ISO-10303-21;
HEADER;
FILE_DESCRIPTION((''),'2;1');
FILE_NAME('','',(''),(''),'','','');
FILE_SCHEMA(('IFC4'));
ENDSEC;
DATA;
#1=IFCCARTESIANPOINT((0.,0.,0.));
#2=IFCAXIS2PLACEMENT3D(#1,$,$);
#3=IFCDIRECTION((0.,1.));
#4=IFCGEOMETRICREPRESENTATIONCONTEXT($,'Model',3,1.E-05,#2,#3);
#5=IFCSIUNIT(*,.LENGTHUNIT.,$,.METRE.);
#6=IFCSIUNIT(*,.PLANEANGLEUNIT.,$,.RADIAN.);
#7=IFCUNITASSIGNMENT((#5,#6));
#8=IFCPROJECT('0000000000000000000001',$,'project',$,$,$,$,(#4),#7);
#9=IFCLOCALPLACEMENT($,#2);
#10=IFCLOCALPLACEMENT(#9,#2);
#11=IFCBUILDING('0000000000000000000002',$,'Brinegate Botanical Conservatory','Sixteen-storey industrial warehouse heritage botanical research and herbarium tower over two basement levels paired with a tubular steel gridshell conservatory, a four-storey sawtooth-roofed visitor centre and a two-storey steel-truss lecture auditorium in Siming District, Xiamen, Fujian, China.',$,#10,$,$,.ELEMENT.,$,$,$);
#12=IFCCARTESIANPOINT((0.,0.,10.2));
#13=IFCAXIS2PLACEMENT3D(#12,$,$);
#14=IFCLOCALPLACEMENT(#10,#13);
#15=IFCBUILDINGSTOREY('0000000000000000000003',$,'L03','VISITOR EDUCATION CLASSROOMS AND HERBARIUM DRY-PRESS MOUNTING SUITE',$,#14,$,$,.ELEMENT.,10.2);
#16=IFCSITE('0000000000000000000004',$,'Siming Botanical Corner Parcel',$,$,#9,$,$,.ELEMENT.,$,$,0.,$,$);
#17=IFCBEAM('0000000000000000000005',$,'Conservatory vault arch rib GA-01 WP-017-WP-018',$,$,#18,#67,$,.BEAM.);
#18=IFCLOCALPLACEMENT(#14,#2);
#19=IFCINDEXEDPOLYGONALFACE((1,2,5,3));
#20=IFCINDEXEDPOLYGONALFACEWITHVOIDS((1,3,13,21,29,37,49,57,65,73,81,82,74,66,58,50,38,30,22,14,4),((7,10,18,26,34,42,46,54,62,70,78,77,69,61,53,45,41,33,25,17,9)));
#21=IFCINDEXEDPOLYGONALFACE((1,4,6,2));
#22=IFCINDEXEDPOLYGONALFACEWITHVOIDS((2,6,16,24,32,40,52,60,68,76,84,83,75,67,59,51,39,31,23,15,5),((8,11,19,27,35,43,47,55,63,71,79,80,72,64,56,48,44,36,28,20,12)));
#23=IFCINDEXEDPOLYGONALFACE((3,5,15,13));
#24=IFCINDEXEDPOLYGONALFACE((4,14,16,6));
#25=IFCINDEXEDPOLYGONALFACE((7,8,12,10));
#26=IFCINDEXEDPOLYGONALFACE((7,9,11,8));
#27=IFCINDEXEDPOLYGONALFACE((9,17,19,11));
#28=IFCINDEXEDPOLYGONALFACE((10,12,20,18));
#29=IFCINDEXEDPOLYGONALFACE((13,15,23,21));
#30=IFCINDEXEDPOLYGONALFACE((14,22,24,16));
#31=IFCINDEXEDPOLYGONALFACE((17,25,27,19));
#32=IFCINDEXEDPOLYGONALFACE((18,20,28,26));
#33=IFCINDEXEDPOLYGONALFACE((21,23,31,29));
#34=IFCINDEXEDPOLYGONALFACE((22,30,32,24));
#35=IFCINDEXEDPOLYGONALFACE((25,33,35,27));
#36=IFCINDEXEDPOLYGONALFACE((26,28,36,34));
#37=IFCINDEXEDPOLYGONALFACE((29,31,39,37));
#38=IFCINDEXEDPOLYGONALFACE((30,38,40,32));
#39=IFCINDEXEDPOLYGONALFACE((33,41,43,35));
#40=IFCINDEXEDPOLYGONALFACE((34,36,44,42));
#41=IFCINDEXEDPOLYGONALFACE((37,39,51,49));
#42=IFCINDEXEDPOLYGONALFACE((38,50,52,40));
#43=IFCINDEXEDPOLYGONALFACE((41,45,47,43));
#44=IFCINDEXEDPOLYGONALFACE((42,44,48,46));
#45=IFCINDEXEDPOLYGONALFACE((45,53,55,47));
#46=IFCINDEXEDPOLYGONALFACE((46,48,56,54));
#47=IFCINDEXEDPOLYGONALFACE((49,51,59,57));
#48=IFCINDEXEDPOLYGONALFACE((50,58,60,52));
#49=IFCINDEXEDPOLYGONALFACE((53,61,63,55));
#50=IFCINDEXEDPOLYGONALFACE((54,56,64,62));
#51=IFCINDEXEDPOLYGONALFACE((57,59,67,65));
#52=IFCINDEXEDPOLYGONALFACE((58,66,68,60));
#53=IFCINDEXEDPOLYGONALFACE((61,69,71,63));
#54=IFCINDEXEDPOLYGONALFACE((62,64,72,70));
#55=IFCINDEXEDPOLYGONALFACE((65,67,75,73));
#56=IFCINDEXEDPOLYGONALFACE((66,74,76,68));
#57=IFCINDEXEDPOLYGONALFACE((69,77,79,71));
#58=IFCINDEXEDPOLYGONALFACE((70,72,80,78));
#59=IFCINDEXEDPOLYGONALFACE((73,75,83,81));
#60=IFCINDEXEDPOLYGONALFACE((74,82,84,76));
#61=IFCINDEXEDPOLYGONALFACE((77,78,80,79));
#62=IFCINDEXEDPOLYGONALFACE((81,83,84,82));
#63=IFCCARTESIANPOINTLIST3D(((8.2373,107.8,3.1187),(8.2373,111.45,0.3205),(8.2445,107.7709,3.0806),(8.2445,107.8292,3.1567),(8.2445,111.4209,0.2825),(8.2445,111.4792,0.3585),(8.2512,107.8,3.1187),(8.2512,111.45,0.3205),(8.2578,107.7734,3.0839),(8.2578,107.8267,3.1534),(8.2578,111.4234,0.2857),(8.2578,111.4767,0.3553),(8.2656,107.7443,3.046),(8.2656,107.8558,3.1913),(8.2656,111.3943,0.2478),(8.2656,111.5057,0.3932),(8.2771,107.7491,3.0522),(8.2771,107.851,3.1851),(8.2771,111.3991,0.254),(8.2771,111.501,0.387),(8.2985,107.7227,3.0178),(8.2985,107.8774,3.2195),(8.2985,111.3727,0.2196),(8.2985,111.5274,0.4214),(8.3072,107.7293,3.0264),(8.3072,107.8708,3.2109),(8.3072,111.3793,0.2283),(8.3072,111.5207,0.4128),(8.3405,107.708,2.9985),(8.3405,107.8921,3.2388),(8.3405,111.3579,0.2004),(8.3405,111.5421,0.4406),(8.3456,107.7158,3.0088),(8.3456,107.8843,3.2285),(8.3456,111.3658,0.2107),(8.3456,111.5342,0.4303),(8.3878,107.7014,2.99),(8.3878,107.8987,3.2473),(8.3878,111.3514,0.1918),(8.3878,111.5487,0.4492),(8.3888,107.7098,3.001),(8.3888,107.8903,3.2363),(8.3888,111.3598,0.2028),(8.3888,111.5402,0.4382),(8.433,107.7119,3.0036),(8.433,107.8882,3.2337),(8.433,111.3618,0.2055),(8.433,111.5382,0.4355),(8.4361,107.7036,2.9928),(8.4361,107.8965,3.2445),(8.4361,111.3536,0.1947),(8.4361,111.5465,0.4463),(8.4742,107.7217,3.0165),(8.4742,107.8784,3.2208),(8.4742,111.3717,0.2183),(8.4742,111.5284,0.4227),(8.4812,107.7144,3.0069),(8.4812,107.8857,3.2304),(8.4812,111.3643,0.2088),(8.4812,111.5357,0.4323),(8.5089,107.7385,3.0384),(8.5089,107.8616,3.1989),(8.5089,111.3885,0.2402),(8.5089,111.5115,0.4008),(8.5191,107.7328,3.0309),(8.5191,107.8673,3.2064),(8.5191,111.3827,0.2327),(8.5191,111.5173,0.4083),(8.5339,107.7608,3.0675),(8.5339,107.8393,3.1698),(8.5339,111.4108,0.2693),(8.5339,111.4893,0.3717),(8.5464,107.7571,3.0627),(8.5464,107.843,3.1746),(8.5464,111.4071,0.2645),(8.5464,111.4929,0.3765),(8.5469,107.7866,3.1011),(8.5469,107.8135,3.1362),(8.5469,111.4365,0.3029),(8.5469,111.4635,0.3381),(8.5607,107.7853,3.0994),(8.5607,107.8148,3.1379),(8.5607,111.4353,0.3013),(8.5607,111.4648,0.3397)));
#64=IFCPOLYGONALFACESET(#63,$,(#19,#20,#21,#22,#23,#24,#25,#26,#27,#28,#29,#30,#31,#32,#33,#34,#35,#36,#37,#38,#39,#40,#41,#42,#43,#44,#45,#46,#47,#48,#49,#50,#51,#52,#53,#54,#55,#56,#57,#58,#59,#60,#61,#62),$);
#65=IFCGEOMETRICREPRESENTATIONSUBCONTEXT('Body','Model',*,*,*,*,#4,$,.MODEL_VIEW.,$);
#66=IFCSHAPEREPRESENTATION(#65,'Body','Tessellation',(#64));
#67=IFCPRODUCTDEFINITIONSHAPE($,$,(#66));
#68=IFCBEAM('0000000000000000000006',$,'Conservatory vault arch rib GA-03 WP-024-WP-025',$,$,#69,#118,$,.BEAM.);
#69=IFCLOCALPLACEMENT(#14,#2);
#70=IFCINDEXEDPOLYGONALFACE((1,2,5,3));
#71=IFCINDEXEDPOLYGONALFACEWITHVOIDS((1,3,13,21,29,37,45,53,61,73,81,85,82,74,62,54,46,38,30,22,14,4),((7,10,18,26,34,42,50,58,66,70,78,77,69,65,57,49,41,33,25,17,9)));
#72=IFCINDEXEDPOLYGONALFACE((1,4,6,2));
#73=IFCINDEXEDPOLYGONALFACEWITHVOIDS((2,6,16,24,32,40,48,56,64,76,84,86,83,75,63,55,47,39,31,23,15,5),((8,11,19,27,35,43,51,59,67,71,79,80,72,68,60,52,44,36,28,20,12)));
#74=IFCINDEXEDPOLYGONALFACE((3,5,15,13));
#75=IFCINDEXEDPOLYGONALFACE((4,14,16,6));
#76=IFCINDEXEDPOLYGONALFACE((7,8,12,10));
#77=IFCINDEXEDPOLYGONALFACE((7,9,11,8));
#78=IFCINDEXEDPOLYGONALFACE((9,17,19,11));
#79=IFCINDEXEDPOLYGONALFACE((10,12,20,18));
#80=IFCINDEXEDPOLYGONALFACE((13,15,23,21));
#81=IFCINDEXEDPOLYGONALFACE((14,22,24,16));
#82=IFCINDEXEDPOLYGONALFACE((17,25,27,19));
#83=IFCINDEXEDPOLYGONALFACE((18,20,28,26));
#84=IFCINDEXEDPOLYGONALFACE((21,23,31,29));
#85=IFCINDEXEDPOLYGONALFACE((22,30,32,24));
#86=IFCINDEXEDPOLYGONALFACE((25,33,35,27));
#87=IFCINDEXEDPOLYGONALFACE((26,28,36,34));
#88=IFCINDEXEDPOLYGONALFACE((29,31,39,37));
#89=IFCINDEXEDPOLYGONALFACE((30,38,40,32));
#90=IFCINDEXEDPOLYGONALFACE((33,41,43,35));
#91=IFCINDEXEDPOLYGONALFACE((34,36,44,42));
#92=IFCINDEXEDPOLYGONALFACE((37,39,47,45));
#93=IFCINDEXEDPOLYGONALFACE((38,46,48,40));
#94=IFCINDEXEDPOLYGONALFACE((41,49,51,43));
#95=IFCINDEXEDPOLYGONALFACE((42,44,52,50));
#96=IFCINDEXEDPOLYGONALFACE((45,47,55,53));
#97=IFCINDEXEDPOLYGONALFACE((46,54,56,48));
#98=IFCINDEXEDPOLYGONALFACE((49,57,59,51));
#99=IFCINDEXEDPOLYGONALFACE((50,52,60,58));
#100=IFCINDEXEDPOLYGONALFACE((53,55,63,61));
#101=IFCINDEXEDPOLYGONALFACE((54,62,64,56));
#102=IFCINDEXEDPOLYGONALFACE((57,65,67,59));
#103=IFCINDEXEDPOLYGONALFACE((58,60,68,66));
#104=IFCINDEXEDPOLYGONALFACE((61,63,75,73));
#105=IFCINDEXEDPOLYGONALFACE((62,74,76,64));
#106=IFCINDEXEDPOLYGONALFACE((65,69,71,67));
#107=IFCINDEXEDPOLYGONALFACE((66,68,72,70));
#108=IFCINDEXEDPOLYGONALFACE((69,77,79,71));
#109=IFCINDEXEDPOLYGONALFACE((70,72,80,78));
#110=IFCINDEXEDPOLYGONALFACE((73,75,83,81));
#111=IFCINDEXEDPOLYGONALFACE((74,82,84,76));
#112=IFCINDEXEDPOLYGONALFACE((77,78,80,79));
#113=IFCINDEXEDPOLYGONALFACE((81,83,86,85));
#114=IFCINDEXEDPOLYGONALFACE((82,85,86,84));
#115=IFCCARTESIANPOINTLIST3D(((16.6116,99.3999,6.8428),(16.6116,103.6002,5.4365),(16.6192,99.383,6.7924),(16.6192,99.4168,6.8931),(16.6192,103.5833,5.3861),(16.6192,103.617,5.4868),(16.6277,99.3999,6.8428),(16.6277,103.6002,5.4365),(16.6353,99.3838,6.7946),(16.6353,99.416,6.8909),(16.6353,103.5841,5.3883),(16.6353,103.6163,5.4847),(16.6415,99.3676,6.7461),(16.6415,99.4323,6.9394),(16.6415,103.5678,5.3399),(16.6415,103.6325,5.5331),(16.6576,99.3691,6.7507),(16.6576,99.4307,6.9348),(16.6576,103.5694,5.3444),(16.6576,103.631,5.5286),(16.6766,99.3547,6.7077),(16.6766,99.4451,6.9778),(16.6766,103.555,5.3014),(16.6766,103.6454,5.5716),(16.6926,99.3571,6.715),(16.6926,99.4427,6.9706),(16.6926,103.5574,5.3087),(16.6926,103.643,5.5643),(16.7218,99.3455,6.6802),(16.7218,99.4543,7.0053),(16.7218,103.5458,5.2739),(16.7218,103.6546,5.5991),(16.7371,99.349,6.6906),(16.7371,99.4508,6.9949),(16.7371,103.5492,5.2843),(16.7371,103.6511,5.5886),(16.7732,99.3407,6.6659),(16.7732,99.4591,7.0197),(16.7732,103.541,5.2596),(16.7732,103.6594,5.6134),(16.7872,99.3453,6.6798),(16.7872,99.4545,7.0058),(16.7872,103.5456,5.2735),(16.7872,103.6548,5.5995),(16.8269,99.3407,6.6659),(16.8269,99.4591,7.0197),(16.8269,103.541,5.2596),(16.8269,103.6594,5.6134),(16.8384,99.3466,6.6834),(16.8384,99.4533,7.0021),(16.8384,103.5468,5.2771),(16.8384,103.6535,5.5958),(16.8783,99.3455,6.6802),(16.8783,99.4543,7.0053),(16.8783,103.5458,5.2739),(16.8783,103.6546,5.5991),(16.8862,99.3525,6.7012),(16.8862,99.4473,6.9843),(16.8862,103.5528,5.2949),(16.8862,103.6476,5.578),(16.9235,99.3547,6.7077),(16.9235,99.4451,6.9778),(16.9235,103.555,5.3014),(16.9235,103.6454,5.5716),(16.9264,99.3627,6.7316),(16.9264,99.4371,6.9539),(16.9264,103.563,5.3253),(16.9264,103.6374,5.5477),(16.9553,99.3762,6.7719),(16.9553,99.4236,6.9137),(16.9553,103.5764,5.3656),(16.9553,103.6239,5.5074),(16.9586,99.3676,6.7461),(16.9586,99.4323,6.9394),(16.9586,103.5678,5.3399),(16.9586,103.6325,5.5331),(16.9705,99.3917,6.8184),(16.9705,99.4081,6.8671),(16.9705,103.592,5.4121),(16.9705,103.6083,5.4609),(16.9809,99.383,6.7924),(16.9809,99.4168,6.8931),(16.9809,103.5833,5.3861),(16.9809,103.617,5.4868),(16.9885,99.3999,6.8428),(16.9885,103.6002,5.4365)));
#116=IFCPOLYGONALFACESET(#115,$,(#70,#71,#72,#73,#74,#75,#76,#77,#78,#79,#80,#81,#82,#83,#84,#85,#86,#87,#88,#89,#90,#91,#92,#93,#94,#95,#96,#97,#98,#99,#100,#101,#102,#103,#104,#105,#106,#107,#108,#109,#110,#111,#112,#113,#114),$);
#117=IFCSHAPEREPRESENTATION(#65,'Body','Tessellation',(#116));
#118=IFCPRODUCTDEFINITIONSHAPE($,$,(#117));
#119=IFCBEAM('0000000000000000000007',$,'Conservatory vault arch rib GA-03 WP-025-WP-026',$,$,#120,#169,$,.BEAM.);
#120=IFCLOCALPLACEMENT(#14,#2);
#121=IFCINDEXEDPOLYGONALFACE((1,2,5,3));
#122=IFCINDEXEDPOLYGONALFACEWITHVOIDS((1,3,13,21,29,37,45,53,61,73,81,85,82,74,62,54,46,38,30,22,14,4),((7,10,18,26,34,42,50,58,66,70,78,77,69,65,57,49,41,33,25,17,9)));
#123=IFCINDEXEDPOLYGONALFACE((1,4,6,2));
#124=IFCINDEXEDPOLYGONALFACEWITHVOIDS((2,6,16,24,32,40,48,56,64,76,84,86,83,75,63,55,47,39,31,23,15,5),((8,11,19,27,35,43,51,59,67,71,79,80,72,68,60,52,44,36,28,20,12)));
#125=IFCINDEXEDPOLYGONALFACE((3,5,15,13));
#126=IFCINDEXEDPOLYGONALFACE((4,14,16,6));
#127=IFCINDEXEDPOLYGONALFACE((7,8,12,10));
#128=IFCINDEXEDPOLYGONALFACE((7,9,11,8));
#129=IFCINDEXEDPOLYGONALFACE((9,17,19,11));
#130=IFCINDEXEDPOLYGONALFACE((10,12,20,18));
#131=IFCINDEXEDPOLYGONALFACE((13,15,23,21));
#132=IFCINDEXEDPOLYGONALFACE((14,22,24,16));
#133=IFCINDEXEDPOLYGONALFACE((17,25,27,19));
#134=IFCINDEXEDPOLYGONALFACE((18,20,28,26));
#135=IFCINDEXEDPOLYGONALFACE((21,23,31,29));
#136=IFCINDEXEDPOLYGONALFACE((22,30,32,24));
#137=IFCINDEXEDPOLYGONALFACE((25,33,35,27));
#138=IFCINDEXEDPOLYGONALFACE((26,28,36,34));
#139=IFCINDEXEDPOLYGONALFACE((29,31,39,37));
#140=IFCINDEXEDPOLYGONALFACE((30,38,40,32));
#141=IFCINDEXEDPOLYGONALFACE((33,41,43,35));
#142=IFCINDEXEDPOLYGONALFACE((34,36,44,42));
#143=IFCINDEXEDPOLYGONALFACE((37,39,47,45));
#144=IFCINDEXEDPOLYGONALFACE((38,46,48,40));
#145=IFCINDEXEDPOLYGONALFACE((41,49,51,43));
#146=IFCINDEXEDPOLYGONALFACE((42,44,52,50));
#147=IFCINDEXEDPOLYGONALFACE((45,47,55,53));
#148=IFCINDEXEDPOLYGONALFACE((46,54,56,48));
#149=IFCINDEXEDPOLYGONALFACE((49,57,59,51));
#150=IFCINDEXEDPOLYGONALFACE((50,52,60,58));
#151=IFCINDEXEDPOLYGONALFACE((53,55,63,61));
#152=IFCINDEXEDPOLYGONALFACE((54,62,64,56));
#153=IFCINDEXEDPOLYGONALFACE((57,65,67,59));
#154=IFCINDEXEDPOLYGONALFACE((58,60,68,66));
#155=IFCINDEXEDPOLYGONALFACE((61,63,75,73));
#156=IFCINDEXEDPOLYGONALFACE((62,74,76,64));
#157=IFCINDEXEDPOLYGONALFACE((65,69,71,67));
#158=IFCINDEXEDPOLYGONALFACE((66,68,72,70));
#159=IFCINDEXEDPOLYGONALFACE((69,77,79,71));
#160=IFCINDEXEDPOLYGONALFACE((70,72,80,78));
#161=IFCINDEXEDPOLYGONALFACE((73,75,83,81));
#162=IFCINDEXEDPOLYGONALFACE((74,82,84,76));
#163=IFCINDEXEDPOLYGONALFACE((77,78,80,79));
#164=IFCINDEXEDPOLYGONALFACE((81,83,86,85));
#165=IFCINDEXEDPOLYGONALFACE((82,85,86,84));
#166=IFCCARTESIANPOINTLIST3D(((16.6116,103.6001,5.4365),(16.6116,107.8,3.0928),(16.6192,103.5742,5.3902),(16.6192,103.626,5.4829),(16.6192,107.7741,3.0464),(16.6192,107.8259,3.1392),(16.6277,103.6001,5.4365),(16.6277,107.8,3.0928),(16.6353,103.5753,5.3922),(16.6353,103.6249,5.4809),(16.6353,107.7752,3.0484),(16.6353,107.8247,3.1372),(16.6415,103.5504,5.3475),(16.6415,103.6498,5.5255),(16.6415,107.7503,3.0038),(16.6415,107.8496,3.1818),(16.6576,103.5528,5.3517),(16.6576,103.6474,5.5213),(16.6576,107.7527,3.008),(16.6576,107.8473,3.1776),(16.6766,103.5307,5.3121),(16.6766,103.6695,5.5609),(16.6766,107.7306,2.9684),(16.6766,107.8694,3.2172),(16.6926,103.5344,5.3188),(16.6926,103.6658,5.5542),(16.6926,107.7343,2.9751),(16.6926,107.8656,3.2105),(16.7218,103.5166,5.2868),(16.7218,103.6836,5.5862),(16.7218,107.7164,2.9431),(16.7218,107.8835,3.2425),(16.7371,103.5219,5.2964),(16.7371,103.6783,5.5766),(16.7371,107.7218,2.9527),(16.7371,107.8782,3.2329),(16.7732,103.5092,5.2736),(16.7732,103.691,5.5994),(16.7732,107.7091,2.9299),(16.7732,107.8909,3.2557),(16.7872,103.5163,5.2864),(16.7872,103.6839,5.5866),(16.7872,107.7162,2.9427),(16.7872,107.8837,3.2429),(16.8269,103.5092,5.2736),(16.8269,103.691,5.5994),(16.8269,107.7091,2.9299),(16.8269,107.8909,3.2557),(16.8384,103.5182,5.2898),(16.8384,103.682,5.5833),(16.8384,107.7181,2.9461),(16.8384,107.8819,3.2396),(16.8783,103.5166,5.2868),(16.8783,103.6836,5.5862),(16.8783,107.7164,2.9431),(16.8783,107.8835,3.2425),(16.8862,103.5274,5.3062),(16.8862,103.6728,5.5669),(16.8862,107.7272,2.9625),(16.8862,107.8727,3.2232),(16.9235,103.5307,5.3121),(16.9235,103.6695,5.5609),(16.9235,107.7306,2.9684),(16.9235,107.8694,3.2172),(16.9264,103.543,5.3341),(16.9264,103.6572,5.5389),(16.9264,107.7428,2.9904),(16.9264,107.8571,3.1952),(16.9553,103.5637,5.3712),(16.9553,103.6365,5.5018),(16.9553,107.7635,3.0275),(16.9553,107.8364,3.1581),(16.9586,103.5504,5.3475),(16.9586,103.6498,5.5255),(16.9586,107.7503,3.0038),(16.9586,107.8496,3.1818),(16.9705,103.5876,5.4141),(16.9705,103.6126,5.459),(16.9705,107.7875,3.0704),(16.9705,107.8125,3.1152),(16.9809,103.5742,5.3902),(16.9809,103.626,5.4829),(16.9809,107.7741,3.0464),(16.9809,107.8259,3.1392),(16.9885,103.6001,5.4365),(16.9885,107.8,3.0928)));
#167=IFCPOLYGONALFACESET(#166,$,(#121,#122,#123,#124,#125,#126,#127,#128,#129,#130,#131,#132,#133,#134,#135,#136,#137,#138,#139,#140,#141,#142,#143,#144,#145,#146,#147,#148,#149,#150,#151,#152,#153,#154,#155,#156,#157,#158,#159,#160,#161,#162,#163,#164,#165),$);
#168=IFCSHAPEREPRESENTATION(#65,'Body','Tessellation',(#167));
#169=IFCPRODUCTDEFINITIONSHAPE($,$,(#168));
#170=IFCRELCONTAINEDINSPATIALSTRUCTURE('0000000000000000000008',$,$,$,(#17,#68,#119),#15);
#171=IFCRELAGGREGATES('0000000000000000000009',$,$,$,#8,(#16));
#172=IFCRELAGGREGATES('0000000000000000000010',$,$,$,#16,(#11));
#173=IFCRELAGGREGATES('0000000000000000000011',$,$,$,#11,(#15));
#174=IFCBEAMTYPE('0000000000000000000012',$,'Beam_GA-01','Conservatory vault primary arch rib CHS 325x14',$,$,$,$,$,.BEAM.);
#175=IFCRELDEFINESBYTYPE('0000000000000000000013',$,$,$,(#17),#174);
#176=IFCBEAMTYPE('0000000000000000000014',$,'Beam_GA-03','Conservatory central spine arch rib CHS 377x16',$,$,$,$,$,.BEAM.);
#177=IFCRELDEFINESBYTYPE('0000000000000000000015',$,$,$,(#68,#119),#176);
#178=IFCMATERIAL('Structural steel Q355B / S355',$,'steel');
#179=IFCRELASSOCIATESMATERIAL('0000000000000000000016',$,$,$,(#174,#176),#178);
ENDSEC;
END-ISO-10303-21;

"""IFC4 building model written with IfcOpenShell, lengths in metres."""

from ifc_helpers import new_model, si_unit, direction, frame, origin, origin_2d, place, context, subcontext, project, spatial, hollow_circle, extrude, material, material_profile, profile_set, type_object, element, save


model = new_model("IFC4")

# Units and contexts
model_context = context("Model", 3, precision=1e-05, world=origin(), true_north=direction((0.0, 1.0)))
body_context = subcontext(model_context, "Body", "Model", "MODEL_VIEW")
ifc_project = project(units=[si_unit("LENGTHUNIT", "METRE"), si_unit("PLANEANGLEUNIT", "RADIAN")], contexts=[model_context])

# Site, building, storey
site_placement = place(None, origin())
site = spatial("IfcSite", under=ifc_project, at=site_placement, Name="Siming Botanical Corner Parcel", CompositionType="ELEMENT", RefElevation=0.0)
building_placement = place(site_placement, origin())
building = spatial("IfcBuilding", under=site, at=building_placement, Name="Brinegate Botanical Conservatory", Description="Sixteen-storey industrial warehouse heritage botanical research and herbarium tower over two basement levels paired with a tubular steel gridshell conservatory, a four-storey sawtooth-roofed visitor centre and a two-storey steel-truss lecture auditorium in Siming District, Xiamen, Fujian, China.", CompositionType="ELEMENT")
storey_placement = place(building_placement, frame((0.0, 0.0, 10.2)))
storey = spatial("IfcBuildingStorey", under=building, at=storey_placement, Name="L03", Description="VISITOR EDUCATION CLASSROOMS AND HERBARIUM DRY-PRESS MOUNTING SUITE", CompositionType="ELEMENT", Elevation=10.2)

# Beams
ifc_material_1 = material(Name="Structural steel Q355B / S355", Category="steel")
ifc_material_profile_1 = material_profile(ifc_material_1, hollow_circle(Radius=0.1626, WallThickness=0.0139, at=origin_2d()), Name="CHS 325x14")
ifc_profile_set_1 = profile_set([ifc_material_profile_1], Name="Structural steel Q355B / S355")
beam_type_1 = type_object("IfcBeamType", Name="Beam_GA-01", Description="Conservatory vault primary arch rib CHS 325x14", PredefinedType="BEAM", material=ifc_profile_set_1)
beam_1_placement = place(storey_placement, frame((8.3999, 107.8, 3.1187), z_axis=(0.0, 0.793623, -0.608409), x_axis=(-1.0, 0.0, 0.0)))
element("IfcBeam", 1, at=beam_1_placement, inside=storey, type_object=beam_type_1, Name="Conservatory vault arch rib GA-01 WP-017-WP-018", PredefinedType="BEAM", context=body_context, shape_type="SweptSolid", body=[
    extrude(hollow_circle(Radius=0.1626, WallThickness=0.0139, at=origin_2d()), origin(), (0.0, 0.0, 1.0), 4.5991),
])
ifc_material_profile_2 = material_profile(ifc_material_1, hollow_circle(Radius=0.1885, WallThickness=0.0161, at=origin_2d()), Name="CHS 377x16")
ifc_profile_set_2 = profile_set([ifc_material_profile_2], Name="Structural steel Q355B / S355")
beam_type_2 = type_object("IfcBeamType", Name="Beam_GA-03", Description="Conservatory central spine arch rib CHS 377x16", PredefinedType="BEAM", material=ifc_profile_set_2)
beam_2_placement = place(storey_placement, frame((16.8, 99.3999, 6.8428), z_axis=(0.0, 0.948264, -0.317484), x_axis=(-1.0, 0.0, 0.0)))
element("IfcBeam", 2, at=beam_2_placement, inside=storey, type_object=beam_type_2, Name="Conservatory vault arch rib GA-03 WP-024-WP-025", PredefinedType="BEAM", context=body_context, shape_type="SweptSolid", body=[
    extrude(hollow_circle(Radius=0.1885, WallThickness=0.0161, at=origin_2d()), origin(), (0.0, 0.0, 1.0), 4.4294),
])
beam_3_placement = place(storey_placement, frame((16.8, 103.6001, 5.4365), z_axis=(0.0, 0.873234, -0.487301), x_axis=(-1.0, 0.0, 0.0)))
element("IfcBeam", 3, at=beam_3_placement, inside=storey, type_object=beam_type_2, Name="Conservatory vault arch rib GA-03 WP-025-WP-026", PredefinedType="BEAM", context=body_context, shape_type="SweptSolid", body=[
    extrude(hollow_circle(Radius=0.1885, WallThickness=0.0161, at=origin_2d()), origin(), (0.0, 0.0, 1.0), 4.8096),
])

save(model, "model.ifc")
